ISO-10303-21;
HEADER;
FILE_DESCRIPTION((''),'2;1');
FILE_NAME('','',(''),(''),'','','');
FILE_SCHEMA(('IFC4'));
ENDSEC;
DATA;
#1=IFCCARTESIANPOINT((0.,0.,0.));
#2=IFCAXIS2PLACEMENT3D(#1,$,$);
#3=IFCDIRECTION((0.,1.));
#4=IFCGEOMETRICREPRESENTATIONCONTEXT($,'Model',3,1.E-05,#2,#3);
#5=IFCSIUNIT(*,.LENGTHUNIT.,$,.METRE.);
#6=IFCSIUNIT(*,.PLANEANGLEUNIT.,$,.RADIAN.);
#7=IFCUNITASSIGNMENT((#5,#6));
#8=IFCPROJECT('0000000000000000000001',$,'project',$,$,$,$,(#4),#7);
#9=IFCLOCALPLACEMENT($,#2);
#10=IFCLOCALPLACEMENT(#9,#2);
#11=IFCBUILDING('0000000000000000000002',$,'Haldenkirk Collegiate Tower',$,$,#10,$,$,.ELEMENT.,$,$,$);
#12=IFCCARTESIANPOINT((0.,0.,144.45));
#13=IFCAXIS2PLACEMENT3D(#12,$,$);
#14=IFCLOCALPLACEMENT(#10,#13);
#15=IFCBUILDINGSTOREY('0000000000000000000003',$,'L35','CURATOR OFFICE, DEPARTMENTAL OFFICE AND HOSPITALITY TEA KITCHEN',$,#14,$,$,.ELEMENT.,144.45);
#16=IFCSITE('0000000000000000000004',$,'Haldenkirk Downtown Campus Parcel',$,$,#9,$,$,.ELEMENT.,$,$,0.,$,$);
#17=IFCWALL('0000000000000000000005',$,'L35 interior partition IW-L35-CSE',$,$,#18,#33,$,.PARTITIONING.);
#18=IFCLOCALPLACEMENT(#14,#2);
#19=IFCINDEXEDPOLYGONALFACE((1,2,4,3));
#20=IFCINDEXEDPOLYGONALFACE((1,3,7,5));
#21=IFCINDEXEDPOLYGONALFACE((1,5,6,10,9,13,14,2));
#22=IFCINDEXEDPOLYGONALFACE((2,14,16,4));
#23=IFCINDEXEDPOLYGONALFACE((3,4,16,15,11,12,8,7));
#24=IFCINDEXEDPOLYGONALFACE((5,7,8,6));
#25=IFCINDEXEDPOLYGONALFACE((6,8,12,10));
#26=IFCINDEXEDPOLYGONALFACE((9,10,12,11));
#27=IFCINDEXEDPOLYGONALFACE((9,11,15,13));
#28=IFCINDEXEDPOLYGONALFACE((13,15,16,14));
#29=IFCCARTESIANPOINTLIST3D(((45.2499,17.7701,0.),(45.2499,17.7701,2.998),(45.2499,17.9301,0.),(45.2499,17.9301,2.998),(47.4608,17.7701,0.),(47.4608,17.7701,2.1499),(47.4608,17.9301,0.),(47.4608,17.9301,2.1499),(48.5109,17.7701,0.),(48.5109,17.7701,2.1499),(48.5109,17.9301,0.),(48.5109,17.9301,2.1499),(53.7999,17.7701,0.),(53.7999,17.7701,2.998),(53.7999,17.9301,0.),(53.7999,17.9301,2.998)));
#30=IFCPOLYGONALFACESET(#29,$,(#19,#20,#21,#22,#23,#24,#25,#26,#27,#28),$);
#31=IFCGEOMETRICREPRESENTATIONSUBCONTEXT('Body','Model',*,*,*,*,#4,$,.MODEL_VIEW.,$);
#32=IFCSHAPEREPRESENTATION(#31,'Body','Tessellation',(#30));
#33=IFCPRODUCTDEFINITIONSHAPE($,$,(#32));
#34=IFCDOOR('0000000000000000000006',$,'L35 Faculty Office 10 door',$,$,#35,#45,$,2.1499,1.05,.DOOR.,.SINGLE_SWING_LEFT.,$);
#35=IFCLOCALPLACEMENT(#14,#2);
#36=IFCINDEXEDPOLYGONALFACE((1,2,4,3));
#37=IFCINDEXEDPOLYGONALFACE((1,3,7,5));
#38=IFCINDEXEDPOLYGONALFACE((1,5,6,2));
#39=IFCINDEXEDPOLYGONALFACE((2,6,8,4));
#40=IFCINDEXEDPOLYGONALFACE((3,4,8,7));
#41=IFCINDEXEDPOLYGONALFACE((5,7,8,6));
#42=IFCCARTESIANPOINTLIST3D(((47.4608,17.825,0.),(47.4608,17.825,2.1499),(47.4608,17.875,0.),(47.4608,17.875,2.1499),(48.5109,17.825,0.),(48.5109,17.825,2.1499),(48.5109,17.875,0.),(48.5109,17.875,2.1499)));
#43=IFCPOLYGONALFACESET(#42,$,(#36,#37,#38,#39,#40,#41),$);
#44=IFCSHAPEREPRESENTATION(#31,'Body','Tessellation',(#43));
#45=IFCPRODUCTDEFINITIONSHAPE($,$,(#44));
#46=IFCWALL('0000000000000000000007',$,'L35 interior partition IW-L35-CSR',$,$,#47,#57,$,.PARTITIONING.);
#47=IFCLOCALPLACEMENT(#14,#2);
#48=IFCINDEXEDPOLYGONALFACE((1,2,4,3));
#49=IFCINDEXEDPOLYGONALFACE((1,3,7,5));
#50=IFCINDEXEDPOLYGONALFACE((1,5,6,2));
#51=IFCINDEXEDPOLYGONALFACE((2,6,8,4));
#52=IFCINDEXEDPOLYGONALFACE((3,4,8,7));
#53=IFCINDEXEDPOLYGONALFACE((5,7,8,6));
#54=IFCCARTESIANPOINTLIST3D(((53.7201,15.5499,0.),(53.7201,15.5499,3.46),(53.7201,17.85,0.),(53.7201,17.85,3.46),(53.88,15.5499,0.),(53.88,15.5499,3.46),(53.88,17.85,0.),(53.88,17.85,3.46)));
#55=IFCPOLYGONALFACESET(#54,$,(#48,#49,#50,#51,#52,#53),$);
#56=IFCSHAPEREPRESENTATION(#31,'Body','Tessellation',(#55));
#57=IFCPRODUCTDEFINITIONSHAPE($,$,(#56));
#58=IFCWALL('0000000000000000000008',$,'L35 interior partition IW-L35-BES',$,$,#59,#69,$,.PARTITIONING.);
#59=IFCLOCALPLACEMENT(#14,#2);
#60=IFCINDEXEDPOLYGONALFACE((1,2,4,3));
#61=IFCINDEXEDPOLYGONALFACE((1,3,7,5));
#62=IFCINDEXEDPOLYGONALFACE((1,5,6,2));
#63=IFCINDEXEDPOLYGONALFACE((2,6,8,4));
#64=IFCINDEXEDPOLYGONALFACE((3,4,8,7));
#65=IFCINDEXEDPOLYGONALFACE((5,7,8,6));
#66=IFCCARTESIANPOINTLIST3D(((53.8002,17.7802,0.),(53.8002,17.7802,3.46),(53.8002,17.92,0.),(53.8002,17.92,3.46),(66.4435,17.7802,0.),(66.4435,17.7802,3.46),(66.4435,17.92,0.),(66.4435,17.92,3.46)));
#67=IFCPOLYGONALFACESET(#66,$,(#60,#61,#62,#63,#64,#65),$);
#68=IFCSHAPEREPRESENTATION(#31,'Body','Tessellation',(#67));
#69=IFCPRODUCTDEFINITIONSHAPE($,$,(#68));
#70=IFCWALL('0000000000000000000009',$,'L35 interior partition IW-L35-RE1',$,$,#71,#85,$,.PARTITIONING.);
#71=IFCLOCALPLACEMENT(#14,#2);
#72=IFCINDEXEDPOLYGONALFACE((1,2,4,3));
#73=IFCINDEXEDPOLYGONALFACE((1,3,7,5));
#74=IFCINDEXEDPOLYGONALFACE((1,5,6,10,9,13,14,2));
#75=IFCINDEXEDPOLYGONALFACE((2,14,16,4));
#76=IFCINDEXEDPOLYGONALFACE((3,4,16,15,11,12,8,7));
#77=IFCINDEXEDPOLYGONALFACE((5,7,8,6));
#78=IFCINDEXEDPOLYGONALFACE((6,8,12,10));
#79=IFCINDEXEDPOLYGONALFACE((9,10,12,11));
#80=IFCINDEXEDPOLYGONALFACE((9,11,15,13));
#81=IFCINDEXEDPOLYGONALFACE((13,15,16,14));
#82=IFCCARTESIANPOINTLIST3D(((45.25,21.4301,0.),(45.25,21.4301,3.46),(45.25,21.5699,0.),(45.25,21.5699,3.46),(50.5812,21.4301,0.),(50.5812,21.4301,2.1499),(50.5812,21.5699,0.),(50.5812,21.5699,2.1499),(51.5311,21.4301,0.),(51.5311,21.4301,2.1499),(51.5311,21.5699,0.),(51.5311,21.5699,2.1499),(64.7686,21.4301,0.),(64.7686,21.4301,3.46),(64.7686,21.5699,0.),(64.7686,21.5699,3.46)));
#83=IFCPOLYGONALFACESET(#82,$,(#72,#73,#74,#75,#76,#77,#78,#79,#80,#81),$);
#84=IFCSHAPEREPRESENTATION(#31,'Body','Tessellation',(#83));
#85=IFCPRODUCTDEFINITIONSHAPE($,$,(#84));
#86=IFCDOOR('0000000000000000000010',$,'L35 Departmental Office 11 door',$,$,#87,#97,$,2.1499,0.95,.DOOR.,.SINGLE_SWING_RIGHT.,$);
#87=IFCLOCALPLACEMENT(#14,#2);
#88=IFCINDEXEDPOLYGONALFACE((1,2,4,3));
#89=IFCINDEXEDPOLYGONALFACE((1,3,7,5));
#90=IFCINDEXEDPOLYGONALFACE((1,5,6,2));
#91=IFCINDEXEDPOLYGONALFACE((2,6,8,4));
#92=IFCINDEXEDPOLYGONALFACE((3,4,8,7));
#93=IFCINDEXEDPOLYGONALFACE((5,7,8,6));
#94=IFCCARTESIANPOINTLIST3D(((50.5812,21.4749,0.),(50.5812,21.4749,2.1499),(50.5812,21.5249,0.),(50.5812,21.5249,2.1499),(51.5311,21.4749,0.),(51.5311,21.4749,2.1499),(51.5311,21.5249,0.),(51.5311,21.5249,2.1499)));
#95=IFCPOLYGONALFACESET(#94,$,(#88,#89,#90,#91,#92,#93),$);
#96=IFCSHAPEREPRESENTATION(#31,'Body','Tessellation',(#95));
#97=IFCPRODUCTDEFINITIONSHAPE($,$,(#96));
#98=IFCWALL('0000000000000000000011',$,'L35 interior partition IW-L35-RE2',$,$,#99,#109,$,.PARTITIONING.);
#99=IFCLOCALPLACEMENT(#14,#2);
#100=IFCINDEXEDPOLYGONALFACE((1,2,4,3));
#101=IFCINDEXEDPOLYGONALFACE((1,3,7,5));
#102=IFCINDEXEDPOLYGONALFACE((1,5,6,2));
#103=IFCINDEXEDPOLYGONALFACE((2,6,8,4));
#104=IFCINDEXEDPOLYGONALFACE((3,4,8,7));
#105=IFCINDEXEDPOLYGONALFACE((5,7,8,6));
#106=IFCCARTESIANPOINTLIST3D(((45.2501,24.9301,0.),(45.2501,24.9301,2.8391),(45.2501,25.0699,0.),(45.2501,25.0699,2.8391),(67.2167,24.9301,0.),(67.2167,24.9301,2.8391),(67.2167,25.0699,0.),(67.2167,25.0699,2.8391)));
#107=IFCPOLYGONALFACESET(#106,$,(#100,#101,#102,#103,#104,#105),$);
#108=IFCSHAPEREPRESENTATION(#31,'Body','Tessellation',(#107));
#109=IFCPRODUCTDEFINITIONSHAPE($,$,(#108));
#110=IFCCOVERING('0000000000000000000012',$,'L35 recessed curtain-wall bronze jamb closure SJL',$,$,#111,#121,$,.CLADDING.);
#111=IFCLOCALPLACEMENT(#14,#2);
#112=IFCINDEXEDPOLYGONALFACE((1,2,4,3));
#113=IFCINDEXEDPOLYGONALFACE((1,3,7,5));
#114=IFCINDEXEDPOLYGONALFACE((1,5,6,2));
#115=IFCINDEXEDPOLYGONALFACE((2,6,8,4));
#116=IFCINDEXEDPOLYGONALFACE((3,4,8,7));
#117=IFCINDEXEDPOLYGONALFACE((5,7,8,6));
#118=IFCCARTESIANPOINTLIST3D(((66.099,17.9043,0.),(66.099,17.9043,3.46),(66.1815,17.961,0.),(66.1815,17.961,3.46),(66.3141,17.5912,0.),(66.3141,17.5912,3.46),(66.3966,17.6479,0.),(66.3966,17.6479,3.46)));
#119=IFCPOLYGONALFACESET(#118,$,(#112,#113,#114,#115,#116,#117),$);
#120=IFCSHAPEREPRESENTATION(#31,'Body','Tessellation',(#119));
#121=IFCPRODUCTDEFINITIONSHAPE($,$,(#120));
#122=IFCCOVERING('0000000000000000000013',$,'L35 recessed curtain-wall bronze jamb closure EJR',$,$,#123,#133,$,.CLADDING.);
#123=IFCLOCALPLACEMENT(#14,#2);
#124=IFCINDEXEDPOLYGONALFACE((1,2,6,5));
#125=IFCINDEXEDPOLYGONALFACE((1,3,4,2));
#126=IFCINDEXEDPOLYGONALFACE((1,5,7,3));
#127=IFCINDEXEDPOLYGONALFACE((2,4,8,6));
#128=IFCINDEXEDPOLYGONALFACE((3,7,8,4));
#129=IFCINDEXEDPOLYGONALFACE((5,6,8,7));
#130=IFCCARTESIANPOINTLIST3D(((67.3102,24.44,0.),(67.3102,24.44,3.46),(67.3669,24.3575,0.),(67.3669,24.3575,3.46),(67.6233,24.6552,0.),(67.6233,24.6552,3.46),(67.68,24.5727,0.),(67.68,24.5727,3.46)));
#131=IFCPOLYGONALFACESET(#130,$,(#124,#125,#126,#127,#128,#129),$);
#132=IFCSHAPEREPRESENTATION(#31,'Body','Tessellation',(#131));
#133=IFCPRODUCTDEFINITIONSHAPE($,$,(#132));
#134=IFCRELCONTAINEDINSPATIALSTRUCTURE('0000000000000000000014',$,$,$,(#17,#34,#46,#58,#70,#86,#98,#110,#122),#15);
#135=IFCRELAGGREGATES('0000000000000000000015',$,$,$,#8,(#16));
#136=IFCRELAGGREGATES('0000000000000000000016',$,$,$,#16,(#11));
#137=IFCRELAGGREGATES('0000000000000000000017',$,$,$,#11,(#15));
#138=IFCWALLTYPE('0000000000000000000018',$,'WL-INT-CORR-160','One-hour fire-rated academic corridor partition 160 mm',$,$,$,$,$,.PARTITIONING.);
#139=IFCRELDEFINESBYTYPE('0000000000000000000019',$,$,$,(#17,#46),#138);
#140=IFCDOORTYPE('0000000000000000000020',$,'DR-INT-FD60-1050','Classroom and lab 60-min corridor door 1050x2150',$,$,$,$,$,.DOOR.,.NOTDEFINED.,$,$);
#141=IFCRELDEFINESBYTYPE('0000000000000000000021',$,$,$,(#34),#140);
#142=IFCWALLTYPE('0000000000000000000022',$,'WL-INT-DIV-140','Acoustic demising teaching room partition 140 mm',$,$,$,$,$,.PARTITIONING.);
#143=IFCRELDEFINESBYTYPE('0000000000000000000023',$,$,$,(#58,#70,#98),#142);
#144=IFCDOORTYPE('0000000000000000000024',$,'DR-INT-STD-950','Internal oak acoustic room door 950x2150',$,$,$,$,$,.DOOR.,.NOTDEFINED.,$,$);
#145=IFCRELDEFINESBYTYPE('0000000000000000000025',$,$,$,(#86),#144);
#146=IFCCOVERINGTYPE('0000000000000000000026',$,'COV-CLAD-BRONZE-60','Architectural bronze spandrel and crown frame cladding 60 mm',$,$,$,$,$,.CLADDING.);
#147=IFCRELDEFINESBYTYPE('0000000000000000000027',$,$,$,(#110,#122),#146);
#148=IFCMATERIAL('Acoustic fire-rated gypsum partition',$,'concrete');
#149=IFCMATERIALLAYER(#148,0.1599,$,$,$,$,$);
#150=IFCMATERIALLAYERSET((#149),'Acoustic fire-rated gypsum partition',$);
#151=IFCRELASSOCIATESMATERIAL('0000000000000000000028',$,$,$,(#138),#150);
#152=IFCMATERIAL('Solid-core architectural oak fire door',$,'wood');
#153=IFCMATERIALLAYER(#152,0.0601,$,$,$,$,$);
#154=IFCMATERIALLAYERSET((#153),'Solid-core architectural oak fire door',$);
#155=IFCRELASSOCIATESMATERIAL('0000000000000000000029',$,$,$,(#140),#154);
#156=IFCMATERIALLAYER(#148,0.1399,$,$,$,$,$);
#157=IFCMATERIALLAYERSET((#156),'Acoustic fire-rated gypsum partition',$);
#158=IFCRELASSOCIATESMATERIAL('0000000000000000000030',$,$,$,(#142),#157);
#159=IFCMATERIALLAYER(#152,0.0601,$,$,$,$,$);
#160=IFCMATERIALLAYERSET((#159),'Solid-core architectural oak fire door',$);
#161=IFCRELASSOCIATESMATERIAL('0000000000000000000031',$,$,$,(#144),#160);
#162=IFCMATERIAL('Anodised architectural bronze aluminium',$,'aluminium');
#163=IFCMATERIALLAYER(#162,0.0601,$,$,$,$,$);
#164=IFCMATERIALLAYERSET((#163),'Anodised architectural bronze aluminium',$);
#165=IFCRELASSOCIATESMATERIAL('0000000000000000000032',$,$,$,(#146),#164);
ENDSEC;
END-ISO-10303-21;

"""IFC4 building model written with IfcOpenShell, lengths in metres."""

from ifc_helpers import new_model, si_unit, direction, frame, frame_2d, origin, origin_2d, place, context, subcontext, project, spatial, rectangle, extrude, source, transform, mapped, material, layer, layer_set, type_object, element, fill, save


model = new_model("IFC4")

# Units and contexts
model_context = context("Model", 3, precision=1e-05, world=origin(), true_north=direction((0.0, 1.0)))
body_context = subcontext(model_context, "Body", "Model", "MODEL_VIEW")
ifc_project = project(units=[si_unit("LENGTHUNIT", "METRE"), si_unit("PLANEANGLEUNIT", "RADIAN")], contexts=[model_context])

# Site, building, storey
site_placement = place(None, origin())
site = spatial("IfcSite", under=ifc_project, at=site_placement, Name="Haldenkirk Downtown Campus Parcel", CompositionType="ELEMENT", RefElevation=0.0)
building_placement = place(site_placement, origin())
building = spatial("IfcBuilding", under=site, at=building_placement, Name="Haldenkirk Collegiate Tower", CompositionType="ELEMENT")
storey_placement = place(building_placement, frame((0.0, 0.0, 144.45)))
storey = spatial("IfcBuildingStorey", under=building, at=storey_placement, Name="L35", Description="CURATOR OFFICE, DEPARTMENTAL OFFICE AND HOSPITALITY TEA KITCHEN", CompositionType="ELEMENT", Elevation=144.45)

# Shared definitions
ifc_material_1 = material(Name="Anodised architectural bronze aluminium", Category="aluminium")

# Wall, opening, door
ifc_material_2 = material(Name="Acoustic fire-rated gypsum partition", Category="concrete")
ifc_layer_1 = layer(ifc_material_2, 0.1599)
ifc_layer_set_1 = layer_set([ifc_layer_1], Name="Acoustic fire-rated gypsum partition")
wall_type_1 = type_object("IfcWallType", Name="WL-INT-CORR-160", Description="One-hour fire-rated academic corridor partition 160 mm", PredefinedType="PARTITIONING", material=ifc_layer_set_1)
wall_1_placement = place(storey_placement, frame((45.25, 17.8501, 0.0), z_axis=(0.0, 0.0, 1.0), x_axis=(1.0, 0.0, 0.0)))
wall_1 = element("IfcWall", 1, at=wall_1_placement, inside=storey, type_object=wall_type_1, Name="L35 interior partition IW-L35-CSE", PredefinedType="PARTITIONING", context=body_context, shape_type="SweptSolid", body=[
    extrude(rectangle(XDim=8.55, YDim=0.1599, at=frame_2d((4.2749, 0.0))), origin(), (0.0, 0.0, 1.0), 2.998),
])
opening_1_placement = place(wall_1_placement, frame((2.2109, 0.0, 0.0)))
opening_1 = element("IfcOpeningElement", 2, at=opening_1_placement, cuts=wall_1, PredefinedType="OPENING", context=body_context, shape_type="SweptSolid", body=[
    extrude(rectangle(XDim=1.05, YDim=2.1499, at=frame_2d((0.5249, 1.075))), frame((0.0, 0.0898, 0.0), z_axis=(0.0, -1.0, 0.0), x_axis=(1.0, 0.0, 0.0)), (0.0, 0.0, 1.0), 0.1799),
])
ifc_material_3 = material(Name="Solid-core architectural oak fire door", Category="wood")
ifc_layer_2 = layer(ifc_material_3, 0.0601)
ifc_layer_set_2 = layer_set([ifc_layer_2], Name="Solid-core architectural oak fire door")
door_type_1 = type_object("IfcDoorType", Name="DR-INT-FD60-1050", Description="Classroom and lab 60-min corridor door 1050x2150", OperationType="NOTDEFINED", PredefinedType="DOOR", material=ifc_layer_set_2)
door_1_placement = place(opening_1_placement, origin())
door_1 = element("IfcDoor", 3, at=door_1_placement, inside=storey, type_object=door_type_1, Name="L35 Faculty Office 10 door", OperationType="SINGLE_SWING_LEFT", OverallHeight=2.1499, OverallWidth=1.05, PredefinedType="DOOR", context=body_context, shape_type="SweptSolid", body=[
    extrude(rectangle(XDim=1.05, YDim=2.1499, at=frame_2d((0.5249, 1.075))), frame((0.0, 0.0249, 0.0), z_axis=(0.0, -1.0, 0.0), x_axis=(1.0, 0.0, 0.0)), (0.0, 0.0, 1.0), 0.05),
])
fill(opening_1, door_1)

# Walls
wall_2_placement = place(storey_placement, frame((53.8, 15.55, 0.0), z_axis=(0.0, 0.0, 1.0), x_axis=(0.0, 1.0, 0.0)))
element("IfcWall", 4, at=wall_2_placement, inside=storey, type_object=wall_type_1, Name="L35 interior partition IW-L35-CSR", PredefinedType="PARTITIONING", context=body_context, shape_type="SweptSolid", body=[
    extrude(rectangle(XDim=2.3, YDim=0.1599, at=frame_2d((1.1499, 0.0))), origin(), (0.0, 0.0, 1.0), 3.46),
])
ifc_layer_3 = layer(ifc_material_2, 0.1399)
ifc_layer_set_3 = layer_set([ifc_layer_3], Name="Acoustic fire-rated gypsum partition")
wall_type_2 = type_object("IfcWallType", Name="WL-INT-DIV-140", Description="Acoustic demising teaching room partition 140 mm", PredefinedType="PARTITIONING", material=ifc_layer_set_3)
wall_3_placement = place(storey_placement, frame((53.8, 17.8501, 0.0), z_axis=(0.0, 0.0, 1.0), x_axis=(1.0, 0.0, 0.0)))
element("IfcWall", 5, at=wall_3_placement, inside=storey, type_object=wall_type_2, Name="L35 interior partition IW-L35-BES", PredefinedType="PARTITIONING", context=body_context, shape_type="SweptSolid", body=[
    extrude(rectangle(XDim=12.6433, YDim=0.1399, at=frame_2d((6.3218, 0.0))), origin(), (0.0, 0.0, 1.0), 3.46),
])

# Wall, opening, door
wall_4_placement = place(storey_placement, frame((45.25, 21.5, 0.0), z_axis=(0.0, 0.0, 1.0), x_axis=(1.0, 0.0, 0.0)))
wall_4 = element("IfcWall", 6, at=wall_4_placement, inside=storey, type_object=wall_type_2, Name="L35 interior partition IW-L35-RE1", PredefinedType="PARTITIONING", context=body_context, shape_type="SweptSolid", body=[
    extrude(rectangle(XDim=19.5186, YDim=0.1399, at=frame_2d((9.7593, 0.0))), origin(), (0.0, 0.0, 1.0), 3.46),
])
opening_2_placement = place(wall_4_placement, frame((5.3311, 0.0, 0.0)))
opening_2 = element("IfcOpeningElement", 7, at=opening_2_placement, cuts=wall_4, PredefinedType="OPENING", context=body_context, shape_type="SweptSolid", body=[
    extrude(rectangle(XDim=0.95, YDim=2.1499, at=frame_2d((0.4751, 1.075))), frame((0.0, 0.0798, 0.0), z_axis=(0.0, -1.0, 0.0), x_axis=(1.0, 0.0, 0.0)), (0.0, 0.0, 1.0), 0.1599),
])
ifc_layer_4 = layer(ifc_material_3, 0.0601)
ifc_layer_set_4 = layer_set([ifc_layer_4], Name="Solid-core architectural oak fire door")
door_type_2 = type_object("IfcDoorType", Name="DR-INT-STD-950", Description="Internal oak acoustic room door 950x2150", OperationType="NOTDEFINED", PredefinedType="DOOR", material=ifc_layer_set_4)
door_2_placement = place(opening_2_placement, origin())
door_2 = element("IfcDoor", 8, at=door_2_placement, inside=storey, type_object=door_type_2, Name="L35 Departmental Office 11 door", OperationType="SINGLE_SWING_RIGHT", OverallHeight=2.1499, OverallWidth=0.95, PredefinedType="DOOR", context=body_context, shape_type="SweptSolid", body=[
    extrude(rectangle(XDim=0.95, YDim=2.1499, at=frame_2d((0.4751, 1.075))), frame((0.0, 0.0249, 0.0), z_axis=(0.0, -1.0, 0.0), x_axis=(1.0, 0.0, 0.0)), (0.0, 0.0, 1.0), 0.05),
])
fill(opening_2, door_2)

# Wall
wall_5_placement = place(storey_placement, frame((45.25, 25.0, 0.0), z_axis=(0.0, 0.0, 1.0), x_axis=(1.0, 0.0, 0.0)))
element("IfcWall", 9, at=wall_5_placement, inside=storey, type_object=wall_type_2, Name="L35 interior partition IW-L35-RE2", PredefinedType="PARTITIONING", context=body_context, shape_type="SweptSolid", body=[
    extrude(rectangle(XDim=21.9666, YDim=0.1399, at=frame_2d((10.9834, 0.0))), origin(), (0.0, 0.0, 1.0), 2.8391),
])

# Coverings
ifc_layer_5 = layer(ifc_material_1, 0.0601)
ifc_layer_set_5 = layer_set([ifc_layer_5], Name="Anodised architectural bronze aluminium")
covering_type = type_object("IfcCoveringType", Name="COV-CLAD-BRONZE-60", Description="Architectural bronze spandrel and crown frame cladding 60 mm", PredefinedType="CLADDING", material=ifc_layer_set_5)
shared_shape_1 = source(origin(), body_context, "Body", "SweptSolid", [
    extrude(rectangle(XDim=0.1001, YDim=0.3799, at=origin_2d()), origin(), (0.0, 0.0, 1.0), 3.46),
])
for number, where, z_axis, x_axis, name in (
    (10, (66.2478, 17.7761, 0.0), (0.0, 0.0, 1.0), (-0.824126, -0.566406, 0.0), "L35 recessed curtain-wall bronze jamb closure SJL"),
    (11, (67.4951, 24.5063, 0.0), (0.0, 0.0, 1.0), (0.566406, -0.824126, 0.0), "L35 recessed curtain-wall bronze jamb closure EJR"),
):
    element("IfcCovering", number, at=place(storey_placement, frame(where, z_axis=z_axis, x_axis=x_axis)), inside=storey, type_object=covering_type, Name=name, PredefinedType="CLADDING", context=body_context, shape_type="MappedRepresentation", body=[
        mapped(shared_shape_1, transform((0.0, 0.0, 0.0), x_axis=(1.0, 0.0, 0.0), y_axis=(0.0, 1.0, 0.0), z_axis=(0.0, 0.0, 1.0), scale=1.0)),
    ])

save(model, "model.ifc")
